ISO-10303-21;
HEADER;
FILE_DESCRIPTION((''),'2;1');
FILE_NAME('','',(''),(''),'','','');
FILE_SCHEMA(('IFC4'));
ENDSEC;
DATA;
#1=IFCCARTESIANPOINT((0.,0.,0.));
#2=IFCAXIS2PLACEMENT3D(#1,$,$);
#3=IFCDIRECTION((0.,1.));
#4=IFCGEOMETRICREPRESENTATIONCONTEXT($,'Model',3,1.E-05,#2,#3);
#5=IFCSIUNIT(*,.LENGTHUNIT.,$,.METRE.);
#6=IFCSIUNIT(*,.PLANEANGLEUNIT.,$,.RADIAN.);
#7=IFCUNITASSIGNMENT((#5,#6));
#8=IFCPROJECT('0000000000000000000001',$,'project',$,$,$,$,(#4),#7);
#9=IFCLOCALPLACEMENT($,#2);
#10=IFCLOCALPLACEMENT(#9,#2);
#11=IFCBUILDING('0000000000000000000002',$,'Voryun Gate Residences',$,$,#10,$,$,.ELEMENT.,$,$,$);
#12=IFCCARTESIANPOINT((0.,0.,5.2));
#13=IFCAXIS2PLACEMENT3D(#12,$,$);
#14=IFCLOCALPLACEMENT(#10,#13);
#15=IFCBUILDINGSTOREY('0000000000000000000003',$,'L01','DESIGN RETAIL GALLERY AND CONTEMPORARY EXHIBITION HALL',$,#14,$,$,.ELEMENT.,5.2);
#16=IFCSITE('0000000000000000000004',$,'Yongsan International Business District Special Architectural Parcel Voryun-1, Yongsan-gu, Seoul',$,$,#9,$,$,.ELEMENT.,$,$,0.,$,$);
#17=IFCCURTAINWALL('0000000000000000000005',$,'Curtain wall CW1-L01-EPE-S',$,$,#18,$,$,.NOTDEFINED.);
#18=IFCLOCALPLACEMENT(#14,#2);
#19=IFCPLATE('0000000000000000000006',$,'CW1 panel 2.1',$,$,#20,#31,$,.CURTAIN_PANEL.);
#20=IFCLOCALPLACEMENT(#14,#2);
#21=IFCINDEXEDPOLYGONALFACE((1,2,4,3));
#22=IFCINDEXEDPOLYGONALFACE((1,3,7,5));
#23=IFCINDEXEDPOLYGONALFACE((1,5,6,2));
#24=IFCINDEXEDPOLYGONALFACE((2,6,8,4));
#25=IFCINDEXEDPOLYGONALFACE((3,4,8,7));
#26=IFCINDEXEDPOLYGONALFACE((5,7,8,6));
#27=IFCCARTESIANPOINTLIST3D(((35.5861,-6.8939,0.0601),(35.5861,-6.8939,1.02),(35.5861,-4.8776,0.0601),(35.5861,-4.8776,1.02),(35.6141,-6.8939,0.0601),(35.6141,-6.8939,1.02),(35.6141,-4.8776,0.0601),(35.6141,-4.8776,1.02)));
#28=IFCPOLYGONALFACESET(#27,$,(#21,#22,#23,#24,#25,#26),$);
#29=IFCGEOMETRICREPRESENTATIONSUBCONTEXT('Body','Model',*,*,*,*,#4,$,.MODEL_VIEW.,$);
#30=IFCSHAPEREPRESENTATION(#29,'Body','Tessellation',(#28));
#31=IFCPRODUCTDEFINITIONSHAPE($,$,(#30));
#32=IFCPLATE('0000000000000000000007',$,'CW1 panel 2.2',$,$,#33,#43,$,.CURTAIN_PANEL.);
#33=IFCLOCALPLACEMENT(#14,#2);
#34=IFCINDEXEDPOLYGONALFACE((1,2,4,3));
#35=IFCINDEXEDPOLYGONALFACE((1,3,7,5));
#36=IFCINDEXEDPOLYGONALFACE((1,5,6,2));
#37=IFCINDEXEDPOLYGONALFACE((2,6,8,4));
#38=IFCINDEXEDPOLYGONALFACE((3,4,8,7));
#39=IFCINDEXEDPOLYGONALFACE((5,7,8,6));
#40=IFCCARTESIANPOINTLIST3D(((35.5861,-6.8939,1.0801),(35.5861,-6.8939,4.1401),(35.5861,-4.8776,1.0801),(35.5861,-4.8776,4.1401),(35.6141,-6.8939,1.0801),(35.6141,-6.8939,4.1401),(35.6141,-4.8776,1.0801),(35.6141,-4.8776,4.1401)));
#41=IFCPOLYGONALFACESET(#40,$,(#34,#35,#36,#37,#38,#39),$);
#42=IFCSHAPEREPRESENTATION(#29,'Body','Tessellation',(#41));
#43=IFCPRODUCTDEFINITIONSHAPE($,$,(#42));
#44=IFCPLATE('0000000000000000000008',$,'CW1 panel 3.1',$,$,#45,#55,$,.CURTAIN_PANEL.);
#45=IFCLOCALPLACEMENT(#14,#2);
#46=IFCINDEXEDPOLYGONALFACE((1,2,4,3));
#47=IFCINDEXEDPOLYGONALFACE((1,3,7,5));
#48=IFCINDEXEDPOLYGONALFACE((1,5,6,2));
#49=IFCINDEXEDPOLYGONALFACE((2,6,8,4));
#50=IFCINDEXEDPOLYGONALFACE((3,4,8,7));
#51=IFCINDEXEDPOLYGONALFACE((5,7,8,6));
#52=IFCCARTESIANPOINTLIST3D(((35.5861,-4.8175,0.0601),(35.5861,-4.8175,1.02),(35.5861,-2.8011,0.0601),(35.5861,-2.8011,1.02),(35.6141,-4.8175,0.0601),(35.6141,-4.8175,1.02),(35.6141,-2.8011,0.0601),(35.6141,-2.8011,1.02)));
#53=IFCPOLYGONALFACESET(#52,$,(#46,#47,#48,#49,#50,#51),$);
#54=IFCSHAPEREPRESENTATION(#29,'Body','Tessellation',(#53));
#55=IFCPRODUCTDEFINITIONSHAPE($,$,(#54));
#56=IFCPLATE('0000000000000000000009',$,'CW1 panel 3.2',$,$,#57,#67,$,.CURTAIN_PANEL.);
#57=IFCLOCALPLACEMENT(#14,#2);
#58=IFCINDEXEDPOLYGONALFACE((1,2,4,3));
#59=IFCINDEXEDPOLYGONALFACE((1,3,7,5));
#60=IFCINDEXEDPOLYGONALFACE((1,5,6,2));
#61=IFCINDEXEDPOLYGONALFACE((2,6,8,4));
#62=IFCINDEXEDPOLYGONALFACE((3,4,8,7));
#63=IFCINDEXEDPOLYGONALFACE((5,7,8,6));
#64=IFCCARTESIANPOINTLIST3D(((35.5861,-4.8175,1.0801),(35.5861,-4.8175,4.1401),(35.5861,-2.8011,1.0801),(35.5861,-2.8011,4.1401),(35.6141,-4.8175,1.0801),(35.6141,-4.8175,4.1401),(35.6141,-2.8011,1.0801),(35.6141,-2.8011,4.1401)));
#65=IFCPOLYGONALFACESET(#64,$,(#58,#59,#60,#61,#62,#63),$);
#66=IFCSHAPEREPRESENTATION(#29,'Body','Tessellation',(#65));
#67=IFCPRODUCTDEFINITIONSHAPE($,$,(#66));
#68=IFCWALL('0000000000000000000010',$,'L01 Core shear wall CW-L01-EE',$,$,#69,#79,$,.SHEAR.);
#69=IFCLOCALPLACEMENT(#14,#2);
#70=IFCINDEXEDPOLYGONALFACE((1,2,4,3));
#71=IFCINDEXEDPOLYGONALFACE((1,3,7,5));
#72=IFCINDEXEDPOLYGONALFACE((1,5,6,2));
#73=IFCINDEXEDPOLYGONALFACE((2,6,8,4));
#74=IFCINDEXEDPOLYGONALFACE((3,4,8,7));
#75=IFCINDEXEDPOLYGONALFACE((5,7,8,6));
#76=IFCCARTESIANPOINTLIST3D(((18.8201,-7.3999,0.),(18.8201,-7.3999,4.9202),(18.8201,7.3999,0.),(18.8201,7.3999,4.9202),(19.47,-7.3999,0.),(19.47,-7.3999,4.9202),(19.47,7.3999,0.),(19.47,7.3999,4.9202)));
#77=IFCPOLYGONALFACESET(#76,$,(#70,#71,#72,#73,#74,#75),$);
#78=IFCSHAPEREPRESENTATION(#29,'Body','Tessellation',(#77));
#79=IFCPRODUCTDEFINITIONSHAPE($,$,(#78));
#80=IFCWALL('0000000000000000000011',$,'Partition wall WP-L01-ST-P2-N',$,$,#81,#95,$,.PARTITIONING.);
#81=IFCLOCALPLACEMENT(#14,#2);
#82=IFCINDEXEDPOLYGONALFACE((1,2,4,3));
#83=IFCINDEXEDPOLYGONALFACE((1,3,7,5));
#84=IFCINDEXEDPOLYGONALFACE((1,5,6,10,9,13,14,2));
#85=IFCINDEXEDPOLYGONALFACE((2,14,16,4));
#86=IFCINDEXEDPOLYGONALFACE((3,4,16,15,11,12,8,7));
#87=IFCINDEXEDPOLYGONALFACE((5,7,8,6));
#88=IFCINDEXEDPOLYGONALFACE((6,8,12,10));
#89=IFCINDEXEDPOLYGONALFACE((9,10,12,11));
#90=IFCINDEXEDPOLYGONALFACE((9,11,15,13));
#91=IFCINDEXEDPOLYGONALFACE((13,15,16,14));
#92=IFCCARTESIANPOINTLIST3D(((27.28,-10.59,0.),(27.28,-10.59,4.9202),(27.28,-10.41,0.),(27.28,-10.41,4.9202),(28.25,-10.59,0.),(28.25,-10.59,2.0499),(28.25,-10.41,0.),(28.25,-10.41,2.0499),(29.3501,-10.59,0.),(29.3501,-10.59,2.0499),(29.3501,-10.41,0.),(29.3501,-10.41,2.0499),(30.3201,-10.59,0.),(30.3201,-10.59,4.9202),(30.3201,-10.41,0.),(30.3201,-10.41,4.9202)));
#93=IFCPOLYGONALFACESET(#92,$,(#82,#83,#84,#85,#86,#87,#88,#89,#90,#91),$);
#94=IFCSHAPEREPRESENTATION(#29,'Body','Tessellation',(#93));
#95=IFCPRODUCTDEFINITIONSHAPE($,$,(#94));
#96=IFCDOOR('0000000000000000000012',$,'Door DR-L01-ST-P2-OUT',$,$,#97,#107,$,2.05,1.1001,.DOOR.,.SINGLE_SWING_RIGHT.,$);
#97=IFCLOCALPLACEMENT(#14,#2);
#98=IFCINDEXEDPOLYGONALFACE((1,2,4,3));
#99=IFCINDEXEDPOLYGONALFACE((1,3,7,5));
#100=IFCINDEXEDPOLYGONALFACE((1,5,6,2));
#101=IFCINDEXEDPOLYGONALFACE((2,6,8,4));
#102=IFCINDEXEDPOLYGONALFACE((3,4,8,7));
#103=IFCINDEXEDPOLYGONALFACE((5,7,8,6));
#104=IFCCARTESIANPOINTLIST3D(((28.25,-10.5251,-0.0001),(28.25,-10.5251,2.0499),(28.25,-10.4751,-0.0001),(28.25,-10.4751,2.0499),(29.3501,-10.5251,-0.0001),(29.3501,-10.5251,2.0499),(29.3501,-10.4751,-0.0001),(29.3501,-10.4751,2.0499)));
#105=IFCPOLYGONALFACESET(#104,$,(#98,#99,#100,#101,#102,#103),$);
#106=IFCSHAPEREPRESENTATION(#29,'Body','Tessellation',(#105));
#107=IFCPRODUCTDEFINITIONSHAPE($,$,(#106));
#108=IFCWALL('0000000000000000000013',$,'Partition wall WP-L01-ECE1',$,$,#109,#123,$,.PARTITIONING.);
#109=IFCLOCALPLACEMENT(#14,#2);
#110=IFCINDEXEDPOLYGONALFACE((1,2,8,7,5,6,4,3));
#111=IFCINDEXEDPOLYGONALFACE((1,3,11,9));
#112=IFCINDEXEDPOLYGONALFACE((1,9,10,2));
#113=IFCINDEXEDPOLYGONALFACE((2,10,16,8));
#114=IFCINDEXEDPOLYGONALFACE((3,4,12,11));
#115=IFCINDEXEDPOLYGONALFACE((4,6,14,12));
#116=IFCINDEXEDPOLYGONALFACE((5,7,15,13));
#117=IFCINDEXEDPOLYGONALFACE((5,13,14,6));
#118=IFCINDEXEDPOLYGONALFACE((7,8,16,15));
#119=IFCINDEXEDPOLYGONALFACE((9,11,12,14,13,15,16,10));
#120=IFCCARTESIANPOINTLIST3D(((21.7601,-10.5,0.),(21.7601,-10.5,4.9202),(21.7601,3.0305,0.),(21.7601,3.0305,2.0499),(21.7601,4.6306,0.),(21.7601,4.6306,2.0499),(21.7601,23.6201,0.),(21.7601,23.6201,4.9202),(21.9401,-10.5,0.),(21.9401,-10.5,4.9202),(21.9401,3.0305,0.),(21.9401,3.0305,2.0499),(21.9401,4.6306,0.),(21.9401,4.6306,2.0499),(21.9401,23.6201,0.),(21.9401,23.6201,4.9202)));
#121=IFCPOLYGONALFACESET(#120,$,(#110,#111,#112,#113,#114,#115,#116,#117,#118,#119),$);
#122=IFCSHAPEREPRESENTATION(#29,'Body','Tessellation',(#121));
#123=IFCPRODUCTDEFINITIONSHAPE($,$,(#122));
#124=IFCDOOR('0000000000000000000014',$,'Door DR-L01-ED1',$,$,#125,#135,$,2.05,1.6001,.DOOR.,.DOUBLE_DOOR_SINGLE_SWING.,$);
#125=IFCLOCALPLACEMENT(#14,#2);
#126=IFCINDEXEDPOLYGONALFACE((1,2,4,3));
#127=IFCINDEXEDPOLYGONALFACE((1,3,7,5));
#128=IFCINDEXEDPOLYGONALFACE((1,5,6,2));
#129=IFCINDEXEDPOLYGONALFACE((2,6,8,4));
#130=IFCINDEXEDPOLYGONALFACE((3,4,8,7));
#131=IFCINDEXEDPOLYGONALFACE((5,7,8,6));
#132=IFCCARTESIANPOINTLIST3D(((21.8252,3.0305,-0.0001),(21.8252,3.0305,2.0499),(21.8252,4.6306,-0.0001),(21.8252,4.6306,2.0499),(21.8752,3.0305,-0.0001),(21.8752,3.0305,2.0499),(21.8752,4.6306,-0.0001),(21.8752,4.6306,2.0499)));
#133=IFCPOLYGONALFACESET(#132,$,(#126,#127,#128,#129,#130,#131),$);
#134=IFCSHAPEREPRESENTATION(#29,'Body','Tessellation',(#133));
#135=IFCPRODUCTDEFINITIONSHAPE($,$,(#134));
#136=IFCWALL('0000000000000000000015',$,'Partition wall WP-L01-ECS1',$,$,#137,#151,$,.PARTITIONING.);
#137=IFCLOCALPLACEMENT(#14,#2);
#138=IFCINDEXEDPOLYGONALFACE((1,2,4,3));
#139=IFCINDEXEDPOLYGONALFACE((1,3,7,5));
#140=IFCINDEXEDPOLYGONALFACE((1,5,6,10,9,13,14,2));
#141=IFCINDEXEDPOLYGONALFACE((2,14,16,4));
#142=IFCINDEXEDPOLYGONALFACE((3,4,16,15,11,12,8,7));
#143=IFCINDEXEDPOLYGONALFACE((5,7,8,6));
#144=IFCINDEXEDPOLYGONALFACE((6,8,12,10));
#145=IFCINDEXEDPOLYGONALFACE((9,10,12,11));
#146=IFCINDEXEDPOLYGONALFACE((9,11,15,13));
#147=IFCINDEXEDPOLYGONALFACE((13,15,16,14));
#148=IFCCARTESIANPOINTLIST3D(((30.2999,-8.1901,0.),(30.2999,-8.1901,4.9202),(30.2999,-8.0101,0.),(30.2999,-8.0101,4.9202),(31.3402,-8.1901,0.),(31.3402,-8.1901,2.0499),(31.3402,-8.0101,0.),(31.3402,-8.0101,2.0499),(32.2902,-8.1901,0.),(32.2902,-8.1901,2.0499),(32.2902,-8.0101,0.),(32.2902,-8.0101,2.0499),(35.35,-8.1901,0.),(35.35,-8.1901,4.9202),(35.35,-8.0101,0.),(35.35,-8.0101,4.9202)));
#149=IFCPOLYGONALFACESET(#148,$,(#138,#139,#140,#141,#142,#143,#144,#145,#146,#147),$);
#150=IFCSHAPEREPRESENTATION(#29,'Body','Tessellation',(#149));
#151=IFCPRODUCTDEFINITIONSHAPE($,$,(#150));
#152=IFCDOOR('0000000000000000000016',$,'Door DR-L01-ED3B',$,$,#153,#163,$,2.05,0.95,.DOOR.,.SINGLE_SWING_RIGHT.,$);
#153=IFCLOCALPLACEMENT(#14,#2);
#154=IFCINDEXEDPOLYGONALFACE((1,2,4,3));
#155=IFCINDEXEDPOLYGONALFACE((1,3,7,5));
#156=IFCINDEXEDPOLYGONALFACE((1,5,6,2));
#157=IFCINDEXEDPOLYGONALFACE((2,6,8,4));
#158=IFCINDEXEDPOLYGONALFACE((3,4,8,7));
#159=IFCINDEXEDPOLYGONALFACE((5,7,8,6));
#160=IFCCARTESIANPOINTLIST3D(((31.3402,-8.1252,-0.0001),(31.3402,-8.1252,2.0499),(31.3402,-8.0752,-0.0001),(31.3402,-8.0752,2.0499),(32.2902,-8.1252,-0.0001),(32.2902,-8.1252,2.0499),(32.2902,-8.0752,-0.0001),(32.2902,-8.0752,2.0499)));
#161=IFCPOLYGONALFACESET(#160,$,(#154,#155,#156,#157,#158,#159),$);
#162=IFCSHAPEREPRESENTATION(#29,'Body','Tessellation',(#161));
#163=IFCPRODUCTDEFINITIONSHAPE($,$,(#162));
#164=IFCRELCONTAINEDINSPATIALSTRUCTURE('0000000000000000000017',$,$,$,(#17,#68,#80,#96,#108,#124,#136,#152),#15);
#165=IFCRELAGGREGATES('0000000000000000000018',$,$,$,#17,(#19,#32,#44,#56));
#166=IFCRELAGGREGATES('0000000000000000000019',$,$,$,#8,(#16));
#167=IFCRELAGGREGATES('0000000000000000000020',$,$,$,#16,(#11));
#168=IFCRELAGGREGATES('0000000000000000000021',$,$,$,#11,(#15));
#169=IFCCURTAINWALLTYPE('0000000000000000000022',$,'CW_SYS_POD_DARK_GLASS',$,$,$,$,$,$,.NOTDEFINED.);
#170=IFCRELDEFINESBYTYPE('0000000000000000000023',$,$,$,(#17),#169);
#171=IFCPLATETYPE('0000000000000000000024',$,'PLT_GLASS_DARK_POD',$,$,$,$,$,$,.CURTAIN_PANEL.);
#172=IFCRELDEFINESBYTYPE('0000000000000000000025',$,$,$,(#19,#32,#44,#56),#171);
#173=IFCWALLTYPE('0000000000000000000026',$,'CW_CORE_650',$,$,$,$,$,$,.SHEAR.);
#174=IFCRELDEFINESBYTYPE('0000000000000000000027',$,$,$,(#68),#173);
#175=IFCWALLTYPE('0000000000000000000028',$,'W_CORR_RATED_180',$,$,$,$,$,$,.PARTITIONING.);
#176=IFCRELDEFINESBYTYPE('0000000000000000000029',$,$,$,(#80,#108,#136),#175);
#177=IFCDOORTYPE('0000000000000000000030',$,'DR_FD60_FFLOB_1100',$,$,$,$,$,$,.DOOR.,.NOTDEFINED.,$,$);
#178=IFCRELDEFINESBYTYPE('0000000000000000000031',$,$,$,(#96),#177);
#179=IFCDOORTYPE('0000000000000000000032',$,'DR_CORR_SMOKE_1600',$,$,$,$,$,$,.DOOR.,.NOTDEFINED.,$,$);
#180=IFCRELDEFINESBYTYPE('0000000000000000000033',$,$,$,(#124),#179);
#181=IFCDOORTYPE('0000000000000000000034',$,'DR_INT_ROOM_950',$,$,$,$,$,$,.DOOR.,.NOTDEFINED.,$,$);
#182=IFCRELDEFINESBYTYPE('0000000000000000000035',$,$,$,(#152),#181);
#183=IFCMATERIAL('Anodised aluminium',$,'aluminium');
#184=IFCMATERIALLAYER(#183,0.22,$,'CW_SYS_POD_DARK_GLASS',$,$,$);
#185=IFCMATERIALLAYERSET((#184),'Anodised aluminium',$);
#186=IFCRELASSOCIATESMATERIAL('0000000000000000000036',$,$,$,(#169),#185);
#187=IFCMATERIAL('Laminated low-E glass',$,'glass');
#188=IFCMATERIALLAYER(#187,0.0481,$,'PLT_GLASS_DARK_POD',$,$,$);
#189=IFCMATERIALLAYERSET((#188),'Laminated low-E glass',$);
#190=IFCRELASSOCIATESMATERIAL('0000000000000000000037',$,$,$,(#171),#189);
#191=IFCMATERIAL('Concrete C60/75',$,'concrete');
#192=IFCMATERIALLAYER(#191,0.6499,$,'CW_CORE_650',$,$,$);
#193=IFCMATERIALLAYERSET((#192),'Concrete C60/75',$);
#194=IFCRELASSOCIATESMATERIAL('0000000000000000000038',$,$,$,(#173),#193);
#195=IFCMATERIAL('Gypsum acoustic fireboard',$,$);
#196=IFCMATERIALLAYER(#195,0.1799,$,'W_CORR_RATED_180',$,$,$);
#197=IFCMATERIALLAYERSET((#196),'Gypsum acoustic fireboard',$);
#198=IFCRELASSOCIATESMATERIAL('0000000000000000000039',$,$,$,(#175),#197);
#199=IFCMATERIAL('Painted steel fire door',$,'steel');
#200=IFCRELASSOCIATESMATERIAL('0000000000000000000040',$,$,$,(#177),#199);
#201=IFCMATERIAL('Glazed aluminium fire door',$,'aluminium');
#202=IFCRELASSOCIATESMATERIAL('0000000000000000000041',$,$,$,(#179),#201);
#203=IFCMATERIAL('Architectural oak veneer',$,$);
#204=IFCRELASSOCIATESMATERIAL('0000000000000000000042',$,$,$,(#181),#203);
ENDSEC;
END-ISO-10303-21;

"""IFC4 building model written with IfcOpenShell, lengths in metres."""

from ifc_helpers import new_model, si_unit, direction, frame, frame_2d, origin, origin_2d, place, context, subcontext, project, spatial, rectangle, extrude, material, layer, layer_set, type_object, element, fill, aggregate, save


model = new_model("IFC4")

# Units and contexts
model_context = context("Model", 3, precision=1e-05, world=origin(), true_north=direction((0.0, 1.0)))
body_context = subcontext(model_context, "Body", "Model", "MODEL_VIEW")
ifc_project = project(units=[si_unit("LENGTHUNIT", "METRE"), si_unit("PLANEANGLEUNIT", "RADIAN")], contexts=[model_context])

# Site, building, storey
site_placement = place(None, origin())
site = spatial("IfcSite", under=ifc_project, at=site_placement, Name="Yongsan International Business District Special Architectural Parcel Voryun-1, Yongsan-gu, Seoul", CompositionType="ELEMENT", RefElevation=0.0)
building_placement = place(site_placement, origin())
building = spatial("IfcBuilding", under=site, at=building_placement, Name="Voryun Gate Residences", CompositionType="ELEMENT")
storey_placement = place(building_placement, frame((0.0, 0.0, 5.2)))
storey = spatial("IfcBuildingStorey", under=building, at=storey_placement, Name="L01", Description="DESIGN RETAIL GALLERY AND CONTEMPORARY EXHIBITION HALL", CompositionType="ELEMENT", Elevation=5.2)

# Curtain wall, plates
ifc_material_1 = material(Name="Anodised aluminium", Category="aluminium")
ifc_layer_1 = layer(ifc_material_1, 0.22, Name="CW_SYS_POD_DARK_GLASS")
ifc_layer_set_1 = layer_set([ifc_layer_1], Name="Anodised aluminium")
curtain_wall_type = type_object("IfcCurtainWallType", Name="CW_SYS_POD_DARK_GLASS", PredefinedType="NOTDEFINED", material=ifc_layer_set_1)
curtain_wall_placement = place(storey_placement, origin())
curtain_wall = element("IfcCurtainWall", 1, at=curtain_wall_placement, inside=storey, type_object=curtain_wall_type, Name="Curtain wall CW1-L01-EPE-S", PredefinedType="NOTDEFINED")
ifc_material_2 = material(Name="Laminated low-E glass", Category="glass")
ifc_layer_2 = layer(ifc_material_2, 0.0481, Name="PLT_GLASS_DARK_POD")
ifc_layer_set_2 = layer_set([ifc_layer_2], Name="Laminated low-E glass")
plate_type = type_object("IfcPlateType", Name="PLT_GLASS_DARK_POD", PredefinedType="CURTAIN_PANEL", material=ifc_layer_set_2)
plate_1_placement = place(storey_placement, frame((35.6001, -5.8857, 0.0601), z_axis=(0.0, 0.0, 1.0), x_axis=(0.0, 1.0, 0.0)))
plate_1 = element("IfcPlate", 2, at=plate_1_placement, type_object=plate_type, Name="CW1 panel 2.1", PredefinedType="CURTAIN_PANEL", context=body_context, shape_type="SweptSolid", body=[
    extrude(rectangle(XDim=2.0164, YDim=0.0281, at=origin_2d()), origin(), (0.0, 0.0, 1.0), 0.96),
])
plate_2_placement = place(storey_placement, frame((35.6001, -5.8857, 1.0801), z_axis=(0.0, 0.0, 1.0), x_axis=(0.0, 1.0, 0.0)))
plate_2 = element("IfcPlate", 3, at=plate_2_placement, type_object=plate_type, Name="CW1 panel 2.2", PredefinedType="CURTAIN_PANEL", context=body_context, shape_type="SweptSolid", body=[
    extrude(rectangle(XDim=2.0164, YDim=0.0281, at=origin_2d()), origin(), (0.0, 0.0, 1.0), 3.0601),
])
plate_3_placement = place(storey_placement, frame((35.6001, -3.8093, 0.0601), z_axis=(0.0, 0.0, 1.0), x_axis=(0.0, 1.0, 0.0)))
plate_3 = element("IfcPlate", 4, at=plate_3_placement, type_object=plate_type, Name="CW1 panel 3.1", PredefinedType="CURTAIN_PANEL", context=body_context, shape_type="SweptSolid", body=[
    extrude(rectangle(XDim=2.0164, YDim=0.0281, at=origin_2d()), origin(), (0.0, 0.0, 1.0), 0.96),
])
plate_4_placement = place(storey_placement, frame((35.6001, -3.8093, 1.0801), z_axis=(0.0, 0.0, 1.0), x_axis=(0.0, 1.0, 0.0)))
plate_4 = element("IfcPlate", 5, at=plate_4_placement, type_object=plate_type, Name="CW1 panel 3.2", PredefinedType="CURTAIN_PANEL", context=body_context, shape_type="SweptSolid", body=[
    extrude(rectangle(XDim=2.0164, YDim=0.0281, at=origin_2d()), origin(), (0.0, 0.0, 1.0), 3.0601),
])
aggregate(curtain_wall, [plate_1, plate_2, plate_3, plate_4])

# Wall
ifc_material_3 = material(Name="Concrete C60/75", Category="concrete")
ifc_layer_3 = layer(ifc_material_3, 0.6499, Name="CW_CORE_650")
ifc_layer_set_3 = layer_set([ifc_layer_3], Name="Concrete C60/75")
wall_type_1 = type_object("IfcWallType", Name="CW_CORE_650", PredefinedType="SHEAR", material=ifc_layer_set_3)
wall_1_placement = place(storey_placement, frame((19.145, -7.3999, 0.0), z_axis=(0.0, 0.0, 1.0), x_axis=(0.0, 1.0, 0.0)))
element("IfcWall", 6, at=wall_1_placement, inside=storey, type_object=wall_type_1, Name="L01 Core shear wall CW-L01-EE", PredefinedType="SHEAR", context=body_context, shape_type="SweptSolid", body=[
    extrude(rectangle(XDim=14.7998, YDim=0.6499, at=frame_2d((7.3999, 0.0))), origin(), (0.0, 0.0, 1.0), 4.9202),
])

# Walls, openings, doors
ifc_material_4 = material(Name="Gypsum acoustic fireboard")
ifc_layer_4 = layer(ifc_material_4, 0.1799, Name="W_CORR_RATED_180")
ifc_layer_set_4 = layer_set([ifc_layer_4], Name="Gypsum acoustic fireboard")
wall_type_2 = type_object("IfcWallType", Name="W_CORR_RATED_180", PredefinedType="PARTITIONING", material=ifc_layer_set_4)
wall_2_placement = place(storey_placement, frame((27.28, -10.5, 0.0), z_axis=(0.0, 0.0, 1.0), x_axis=(1.0, 0.0, 0.0)))
wall_2 = element("IfcWall", 7, at=wall_2_placement, inside=storey, type_object=wall_type_2, Name="Partition wall WP-L01-ST-P2-N", PredefinedType="PARTITIONING", context=body_context, shape_type="SweptSolid", body=[
    extrude(rectangle(XDim=3.04, YDim=0.1799, at=frame_2d((1.52, 0.0))), origin(), (0.0, 0.0, 1.0), 4.9202),
])
opening_1_placement = place(wall_2_placement, frame((0.97, 0.0, 0.0)))
opening_1 = element("IfcOpeningElement", 8, at=opening_1_placement, cuts=wall_2, PredefinedType="OPENING", context=body_context, shape_type="SweptSolid", body=[
    extrude(rectangle(XDim=1.1001, YDim=2.05, at=frame_2d((0.55, 1.0249))), frame((0.0, 0.0999, 0.0), z_axis=(0.0, -1.0, 0.0), x_axis=(1.0, 0.0, 0.0)), (0.0, 0.0, 1.0), 0.2),
])
ifc_material_5 = material(Name="Painted steel fire door", Category="steel")
door_type_1 = type_object("IfcDoorType", Name="DR_FD60_FFLOB_1100", OperationType="NOTDEFINED", PredefinedType="DOOR", material=ifc_material_5)
door_1_placement = place(opening_1_placement, origin())
door_1 = element("IfcDoor", 9, at=door_1_placement, inside=storey, type_object=door_type_1, Name="Door DR-L01-ST-P2-OUT", OperationType="SINGLE_SWING_RIGHT", OverallHeight=2.05, OverallWidth=1.1001, PredefinedType="DOOR", context=body_context, shape_type="SweptSolid", body=[
    extrude(rectangle(XDim=1.1001, YDim=2.05, at=frame_2d((0.55, 1.0249))), frame((0.0, 0.0249, 0.0), z_axis=(0.0, -1.0, 0.0), x_axis=(1.0, 0.0, 0.0)), (0.0, 0.0, 1.0), 0.05),
])
fill(opening_1, door_1)
wall_3_placement = place(storey_placement, frame((21.8501, -10.5, 0.0), z_axis=(0.0, 0.0, 1.0), x_axis=(0.0, 1.0, 0.0)))
wall_3 = element("IfcWall", 10, at=wall_3_placement, inside=storey, type_object=wall_type_2, Name="Partition wall WP-L01-ECE1", PredefinedType="PARTITIONING", context=body_context, shape_type="SweptSolid", body=[
    extrude(rectangle(XDim=34.1201, YDim=0.1799, at=frame_2d((17.0601, 0.0))), origin(), (0.0, 0.0, 1.0), 4.9202),
])
opening_2_placement = place(wall_3_placement, frame((13.5305, 0.0, 0.0)))
opening_2 = element("IfcOpeningElement", 11, at=opening_2_placement, cuts=wall_3, PredefinedType="OPENING", context=body_context, shape_type="SweptSolid", body=[
    extrude(rectangle(XDim=1.6001, YDim=2.05, at=frame_2d((0.8, 1.0249))), frame((0.0, 0.0999, 0.0), z_axis=(0.0, -1.0, 0.0), x_axis=(1.0, 0.0, 0.0)), (0.0, 0.0, 1.0), 0.2),
])
ifc_material_6 = material(Name="Glazed aluminium fire door", Category="aluminium")
door_type_2 = type_object("IfcDoorType", Name="DR_CORR_SMOKE_1600", OperationType="NOTDEFINED", PredefinedType="DOOR", material=ifc_material_6)
door_2_placement = place(opening_2_placement, origin())
door_2 = element("IfcDoor", 12, at=door_2_placement, inside=storey, type_object=door_type_2, Name="Door DR-L01-ED1", OperationType="DOUBLE_DOOR_SINGLE_SWING", OverallHeight=2.05, OverallWidth=1.6001, PredefinedType="DOOR", context=body_context, shape_type="SweptSolid", body=[
    extrude(rectangle(XDim=1.6001, YDim=2.05, at=frame_2d((0.8, 1.0249))), frame((0.0, 0.0249, 0.0), z_axis=(0.0, -1.0, 0.0), x_axis=(1.0, 0.0, 0.0)), (0.0, 0.0, 1.0), 0.05),
])
fill(opening_2, door_2)
wall_4_placement = place(storey_placement, frame((30.3, -8.1001, 0.0), z_axis=(0.0, 0.0, 1.0), x_axis=(1.0, 0.0, 0.0)))
wall_4 = element("IfcWall", 13, at=wall_4_placement, inside=storey, type_object=wall_type_2, Name="Partition wall WP-L01-ECS1", PredefinedType="PARTITIONING", context=body_context, shape_type="SweptSolid", body=[
    extrude(rectangle(XDim=5.05, YDim=0.1799, at=frame_2d((2.5249, 0.0))), origin(), (0.0, 0.0, 1.0), 4.9202),
])
opening_3_placement = place(wall_4_placement, frame((1.04, 0.0, 0.0)))
opening_3 = element("IfcOpeningElement", 14, at=opening_3_placement, cuts=wall_4, PredefinedType="OPENING", context=body_context, shape_type="SweptSolid", body=[
    extrude(rectangle(XDim=0.95, YDim=2.05, at=frame_2d((0.4751, 1.0249))), frame((0.0, 0.0999, 0.0), z_axis=(0.0, -1.0, 0.0), x_axis=(1.0, 0.0, 0.0)), (0.0, 0.0, 1.0), 0.2),
])
ifc_material_7 = material(Name="Architectural oak veneer")
door_type_3 = type_object("IfcDoorType", Name="DR_INT_ROOM_950", OperationType="NOTDEFINED", PredefinedType="DOOR", material=ifc_material_7)
door_3_placement = place(opening_3_placement, origin())
door_3 = element("IfcDoor", 15, at=door_3_placement, inside=storey, type_object=door_type_3, Name="Door DR-L01-ED3B", OperationType="SINGLE_SWING_RIGHT", OverallHeight=2.05, OverallWidth=0.95, PredefinedType="DOOR", context=body_context, shape_type="SweptSolid", body=[
    extrude(rectangle(XDim=0.95, YDim=2.05, at=frame_2d((0.4751, 1.0249))), frame((0.0, 0.0249, 0.0), z_axis=(0.0, -1.0, 0.0), x_axis=(1.0, 0.0, 0.0)), (0.0, 0.0, 1.0), 0.05),
])
fill(opening_3, door_3)

save(model, "model.ifc")
